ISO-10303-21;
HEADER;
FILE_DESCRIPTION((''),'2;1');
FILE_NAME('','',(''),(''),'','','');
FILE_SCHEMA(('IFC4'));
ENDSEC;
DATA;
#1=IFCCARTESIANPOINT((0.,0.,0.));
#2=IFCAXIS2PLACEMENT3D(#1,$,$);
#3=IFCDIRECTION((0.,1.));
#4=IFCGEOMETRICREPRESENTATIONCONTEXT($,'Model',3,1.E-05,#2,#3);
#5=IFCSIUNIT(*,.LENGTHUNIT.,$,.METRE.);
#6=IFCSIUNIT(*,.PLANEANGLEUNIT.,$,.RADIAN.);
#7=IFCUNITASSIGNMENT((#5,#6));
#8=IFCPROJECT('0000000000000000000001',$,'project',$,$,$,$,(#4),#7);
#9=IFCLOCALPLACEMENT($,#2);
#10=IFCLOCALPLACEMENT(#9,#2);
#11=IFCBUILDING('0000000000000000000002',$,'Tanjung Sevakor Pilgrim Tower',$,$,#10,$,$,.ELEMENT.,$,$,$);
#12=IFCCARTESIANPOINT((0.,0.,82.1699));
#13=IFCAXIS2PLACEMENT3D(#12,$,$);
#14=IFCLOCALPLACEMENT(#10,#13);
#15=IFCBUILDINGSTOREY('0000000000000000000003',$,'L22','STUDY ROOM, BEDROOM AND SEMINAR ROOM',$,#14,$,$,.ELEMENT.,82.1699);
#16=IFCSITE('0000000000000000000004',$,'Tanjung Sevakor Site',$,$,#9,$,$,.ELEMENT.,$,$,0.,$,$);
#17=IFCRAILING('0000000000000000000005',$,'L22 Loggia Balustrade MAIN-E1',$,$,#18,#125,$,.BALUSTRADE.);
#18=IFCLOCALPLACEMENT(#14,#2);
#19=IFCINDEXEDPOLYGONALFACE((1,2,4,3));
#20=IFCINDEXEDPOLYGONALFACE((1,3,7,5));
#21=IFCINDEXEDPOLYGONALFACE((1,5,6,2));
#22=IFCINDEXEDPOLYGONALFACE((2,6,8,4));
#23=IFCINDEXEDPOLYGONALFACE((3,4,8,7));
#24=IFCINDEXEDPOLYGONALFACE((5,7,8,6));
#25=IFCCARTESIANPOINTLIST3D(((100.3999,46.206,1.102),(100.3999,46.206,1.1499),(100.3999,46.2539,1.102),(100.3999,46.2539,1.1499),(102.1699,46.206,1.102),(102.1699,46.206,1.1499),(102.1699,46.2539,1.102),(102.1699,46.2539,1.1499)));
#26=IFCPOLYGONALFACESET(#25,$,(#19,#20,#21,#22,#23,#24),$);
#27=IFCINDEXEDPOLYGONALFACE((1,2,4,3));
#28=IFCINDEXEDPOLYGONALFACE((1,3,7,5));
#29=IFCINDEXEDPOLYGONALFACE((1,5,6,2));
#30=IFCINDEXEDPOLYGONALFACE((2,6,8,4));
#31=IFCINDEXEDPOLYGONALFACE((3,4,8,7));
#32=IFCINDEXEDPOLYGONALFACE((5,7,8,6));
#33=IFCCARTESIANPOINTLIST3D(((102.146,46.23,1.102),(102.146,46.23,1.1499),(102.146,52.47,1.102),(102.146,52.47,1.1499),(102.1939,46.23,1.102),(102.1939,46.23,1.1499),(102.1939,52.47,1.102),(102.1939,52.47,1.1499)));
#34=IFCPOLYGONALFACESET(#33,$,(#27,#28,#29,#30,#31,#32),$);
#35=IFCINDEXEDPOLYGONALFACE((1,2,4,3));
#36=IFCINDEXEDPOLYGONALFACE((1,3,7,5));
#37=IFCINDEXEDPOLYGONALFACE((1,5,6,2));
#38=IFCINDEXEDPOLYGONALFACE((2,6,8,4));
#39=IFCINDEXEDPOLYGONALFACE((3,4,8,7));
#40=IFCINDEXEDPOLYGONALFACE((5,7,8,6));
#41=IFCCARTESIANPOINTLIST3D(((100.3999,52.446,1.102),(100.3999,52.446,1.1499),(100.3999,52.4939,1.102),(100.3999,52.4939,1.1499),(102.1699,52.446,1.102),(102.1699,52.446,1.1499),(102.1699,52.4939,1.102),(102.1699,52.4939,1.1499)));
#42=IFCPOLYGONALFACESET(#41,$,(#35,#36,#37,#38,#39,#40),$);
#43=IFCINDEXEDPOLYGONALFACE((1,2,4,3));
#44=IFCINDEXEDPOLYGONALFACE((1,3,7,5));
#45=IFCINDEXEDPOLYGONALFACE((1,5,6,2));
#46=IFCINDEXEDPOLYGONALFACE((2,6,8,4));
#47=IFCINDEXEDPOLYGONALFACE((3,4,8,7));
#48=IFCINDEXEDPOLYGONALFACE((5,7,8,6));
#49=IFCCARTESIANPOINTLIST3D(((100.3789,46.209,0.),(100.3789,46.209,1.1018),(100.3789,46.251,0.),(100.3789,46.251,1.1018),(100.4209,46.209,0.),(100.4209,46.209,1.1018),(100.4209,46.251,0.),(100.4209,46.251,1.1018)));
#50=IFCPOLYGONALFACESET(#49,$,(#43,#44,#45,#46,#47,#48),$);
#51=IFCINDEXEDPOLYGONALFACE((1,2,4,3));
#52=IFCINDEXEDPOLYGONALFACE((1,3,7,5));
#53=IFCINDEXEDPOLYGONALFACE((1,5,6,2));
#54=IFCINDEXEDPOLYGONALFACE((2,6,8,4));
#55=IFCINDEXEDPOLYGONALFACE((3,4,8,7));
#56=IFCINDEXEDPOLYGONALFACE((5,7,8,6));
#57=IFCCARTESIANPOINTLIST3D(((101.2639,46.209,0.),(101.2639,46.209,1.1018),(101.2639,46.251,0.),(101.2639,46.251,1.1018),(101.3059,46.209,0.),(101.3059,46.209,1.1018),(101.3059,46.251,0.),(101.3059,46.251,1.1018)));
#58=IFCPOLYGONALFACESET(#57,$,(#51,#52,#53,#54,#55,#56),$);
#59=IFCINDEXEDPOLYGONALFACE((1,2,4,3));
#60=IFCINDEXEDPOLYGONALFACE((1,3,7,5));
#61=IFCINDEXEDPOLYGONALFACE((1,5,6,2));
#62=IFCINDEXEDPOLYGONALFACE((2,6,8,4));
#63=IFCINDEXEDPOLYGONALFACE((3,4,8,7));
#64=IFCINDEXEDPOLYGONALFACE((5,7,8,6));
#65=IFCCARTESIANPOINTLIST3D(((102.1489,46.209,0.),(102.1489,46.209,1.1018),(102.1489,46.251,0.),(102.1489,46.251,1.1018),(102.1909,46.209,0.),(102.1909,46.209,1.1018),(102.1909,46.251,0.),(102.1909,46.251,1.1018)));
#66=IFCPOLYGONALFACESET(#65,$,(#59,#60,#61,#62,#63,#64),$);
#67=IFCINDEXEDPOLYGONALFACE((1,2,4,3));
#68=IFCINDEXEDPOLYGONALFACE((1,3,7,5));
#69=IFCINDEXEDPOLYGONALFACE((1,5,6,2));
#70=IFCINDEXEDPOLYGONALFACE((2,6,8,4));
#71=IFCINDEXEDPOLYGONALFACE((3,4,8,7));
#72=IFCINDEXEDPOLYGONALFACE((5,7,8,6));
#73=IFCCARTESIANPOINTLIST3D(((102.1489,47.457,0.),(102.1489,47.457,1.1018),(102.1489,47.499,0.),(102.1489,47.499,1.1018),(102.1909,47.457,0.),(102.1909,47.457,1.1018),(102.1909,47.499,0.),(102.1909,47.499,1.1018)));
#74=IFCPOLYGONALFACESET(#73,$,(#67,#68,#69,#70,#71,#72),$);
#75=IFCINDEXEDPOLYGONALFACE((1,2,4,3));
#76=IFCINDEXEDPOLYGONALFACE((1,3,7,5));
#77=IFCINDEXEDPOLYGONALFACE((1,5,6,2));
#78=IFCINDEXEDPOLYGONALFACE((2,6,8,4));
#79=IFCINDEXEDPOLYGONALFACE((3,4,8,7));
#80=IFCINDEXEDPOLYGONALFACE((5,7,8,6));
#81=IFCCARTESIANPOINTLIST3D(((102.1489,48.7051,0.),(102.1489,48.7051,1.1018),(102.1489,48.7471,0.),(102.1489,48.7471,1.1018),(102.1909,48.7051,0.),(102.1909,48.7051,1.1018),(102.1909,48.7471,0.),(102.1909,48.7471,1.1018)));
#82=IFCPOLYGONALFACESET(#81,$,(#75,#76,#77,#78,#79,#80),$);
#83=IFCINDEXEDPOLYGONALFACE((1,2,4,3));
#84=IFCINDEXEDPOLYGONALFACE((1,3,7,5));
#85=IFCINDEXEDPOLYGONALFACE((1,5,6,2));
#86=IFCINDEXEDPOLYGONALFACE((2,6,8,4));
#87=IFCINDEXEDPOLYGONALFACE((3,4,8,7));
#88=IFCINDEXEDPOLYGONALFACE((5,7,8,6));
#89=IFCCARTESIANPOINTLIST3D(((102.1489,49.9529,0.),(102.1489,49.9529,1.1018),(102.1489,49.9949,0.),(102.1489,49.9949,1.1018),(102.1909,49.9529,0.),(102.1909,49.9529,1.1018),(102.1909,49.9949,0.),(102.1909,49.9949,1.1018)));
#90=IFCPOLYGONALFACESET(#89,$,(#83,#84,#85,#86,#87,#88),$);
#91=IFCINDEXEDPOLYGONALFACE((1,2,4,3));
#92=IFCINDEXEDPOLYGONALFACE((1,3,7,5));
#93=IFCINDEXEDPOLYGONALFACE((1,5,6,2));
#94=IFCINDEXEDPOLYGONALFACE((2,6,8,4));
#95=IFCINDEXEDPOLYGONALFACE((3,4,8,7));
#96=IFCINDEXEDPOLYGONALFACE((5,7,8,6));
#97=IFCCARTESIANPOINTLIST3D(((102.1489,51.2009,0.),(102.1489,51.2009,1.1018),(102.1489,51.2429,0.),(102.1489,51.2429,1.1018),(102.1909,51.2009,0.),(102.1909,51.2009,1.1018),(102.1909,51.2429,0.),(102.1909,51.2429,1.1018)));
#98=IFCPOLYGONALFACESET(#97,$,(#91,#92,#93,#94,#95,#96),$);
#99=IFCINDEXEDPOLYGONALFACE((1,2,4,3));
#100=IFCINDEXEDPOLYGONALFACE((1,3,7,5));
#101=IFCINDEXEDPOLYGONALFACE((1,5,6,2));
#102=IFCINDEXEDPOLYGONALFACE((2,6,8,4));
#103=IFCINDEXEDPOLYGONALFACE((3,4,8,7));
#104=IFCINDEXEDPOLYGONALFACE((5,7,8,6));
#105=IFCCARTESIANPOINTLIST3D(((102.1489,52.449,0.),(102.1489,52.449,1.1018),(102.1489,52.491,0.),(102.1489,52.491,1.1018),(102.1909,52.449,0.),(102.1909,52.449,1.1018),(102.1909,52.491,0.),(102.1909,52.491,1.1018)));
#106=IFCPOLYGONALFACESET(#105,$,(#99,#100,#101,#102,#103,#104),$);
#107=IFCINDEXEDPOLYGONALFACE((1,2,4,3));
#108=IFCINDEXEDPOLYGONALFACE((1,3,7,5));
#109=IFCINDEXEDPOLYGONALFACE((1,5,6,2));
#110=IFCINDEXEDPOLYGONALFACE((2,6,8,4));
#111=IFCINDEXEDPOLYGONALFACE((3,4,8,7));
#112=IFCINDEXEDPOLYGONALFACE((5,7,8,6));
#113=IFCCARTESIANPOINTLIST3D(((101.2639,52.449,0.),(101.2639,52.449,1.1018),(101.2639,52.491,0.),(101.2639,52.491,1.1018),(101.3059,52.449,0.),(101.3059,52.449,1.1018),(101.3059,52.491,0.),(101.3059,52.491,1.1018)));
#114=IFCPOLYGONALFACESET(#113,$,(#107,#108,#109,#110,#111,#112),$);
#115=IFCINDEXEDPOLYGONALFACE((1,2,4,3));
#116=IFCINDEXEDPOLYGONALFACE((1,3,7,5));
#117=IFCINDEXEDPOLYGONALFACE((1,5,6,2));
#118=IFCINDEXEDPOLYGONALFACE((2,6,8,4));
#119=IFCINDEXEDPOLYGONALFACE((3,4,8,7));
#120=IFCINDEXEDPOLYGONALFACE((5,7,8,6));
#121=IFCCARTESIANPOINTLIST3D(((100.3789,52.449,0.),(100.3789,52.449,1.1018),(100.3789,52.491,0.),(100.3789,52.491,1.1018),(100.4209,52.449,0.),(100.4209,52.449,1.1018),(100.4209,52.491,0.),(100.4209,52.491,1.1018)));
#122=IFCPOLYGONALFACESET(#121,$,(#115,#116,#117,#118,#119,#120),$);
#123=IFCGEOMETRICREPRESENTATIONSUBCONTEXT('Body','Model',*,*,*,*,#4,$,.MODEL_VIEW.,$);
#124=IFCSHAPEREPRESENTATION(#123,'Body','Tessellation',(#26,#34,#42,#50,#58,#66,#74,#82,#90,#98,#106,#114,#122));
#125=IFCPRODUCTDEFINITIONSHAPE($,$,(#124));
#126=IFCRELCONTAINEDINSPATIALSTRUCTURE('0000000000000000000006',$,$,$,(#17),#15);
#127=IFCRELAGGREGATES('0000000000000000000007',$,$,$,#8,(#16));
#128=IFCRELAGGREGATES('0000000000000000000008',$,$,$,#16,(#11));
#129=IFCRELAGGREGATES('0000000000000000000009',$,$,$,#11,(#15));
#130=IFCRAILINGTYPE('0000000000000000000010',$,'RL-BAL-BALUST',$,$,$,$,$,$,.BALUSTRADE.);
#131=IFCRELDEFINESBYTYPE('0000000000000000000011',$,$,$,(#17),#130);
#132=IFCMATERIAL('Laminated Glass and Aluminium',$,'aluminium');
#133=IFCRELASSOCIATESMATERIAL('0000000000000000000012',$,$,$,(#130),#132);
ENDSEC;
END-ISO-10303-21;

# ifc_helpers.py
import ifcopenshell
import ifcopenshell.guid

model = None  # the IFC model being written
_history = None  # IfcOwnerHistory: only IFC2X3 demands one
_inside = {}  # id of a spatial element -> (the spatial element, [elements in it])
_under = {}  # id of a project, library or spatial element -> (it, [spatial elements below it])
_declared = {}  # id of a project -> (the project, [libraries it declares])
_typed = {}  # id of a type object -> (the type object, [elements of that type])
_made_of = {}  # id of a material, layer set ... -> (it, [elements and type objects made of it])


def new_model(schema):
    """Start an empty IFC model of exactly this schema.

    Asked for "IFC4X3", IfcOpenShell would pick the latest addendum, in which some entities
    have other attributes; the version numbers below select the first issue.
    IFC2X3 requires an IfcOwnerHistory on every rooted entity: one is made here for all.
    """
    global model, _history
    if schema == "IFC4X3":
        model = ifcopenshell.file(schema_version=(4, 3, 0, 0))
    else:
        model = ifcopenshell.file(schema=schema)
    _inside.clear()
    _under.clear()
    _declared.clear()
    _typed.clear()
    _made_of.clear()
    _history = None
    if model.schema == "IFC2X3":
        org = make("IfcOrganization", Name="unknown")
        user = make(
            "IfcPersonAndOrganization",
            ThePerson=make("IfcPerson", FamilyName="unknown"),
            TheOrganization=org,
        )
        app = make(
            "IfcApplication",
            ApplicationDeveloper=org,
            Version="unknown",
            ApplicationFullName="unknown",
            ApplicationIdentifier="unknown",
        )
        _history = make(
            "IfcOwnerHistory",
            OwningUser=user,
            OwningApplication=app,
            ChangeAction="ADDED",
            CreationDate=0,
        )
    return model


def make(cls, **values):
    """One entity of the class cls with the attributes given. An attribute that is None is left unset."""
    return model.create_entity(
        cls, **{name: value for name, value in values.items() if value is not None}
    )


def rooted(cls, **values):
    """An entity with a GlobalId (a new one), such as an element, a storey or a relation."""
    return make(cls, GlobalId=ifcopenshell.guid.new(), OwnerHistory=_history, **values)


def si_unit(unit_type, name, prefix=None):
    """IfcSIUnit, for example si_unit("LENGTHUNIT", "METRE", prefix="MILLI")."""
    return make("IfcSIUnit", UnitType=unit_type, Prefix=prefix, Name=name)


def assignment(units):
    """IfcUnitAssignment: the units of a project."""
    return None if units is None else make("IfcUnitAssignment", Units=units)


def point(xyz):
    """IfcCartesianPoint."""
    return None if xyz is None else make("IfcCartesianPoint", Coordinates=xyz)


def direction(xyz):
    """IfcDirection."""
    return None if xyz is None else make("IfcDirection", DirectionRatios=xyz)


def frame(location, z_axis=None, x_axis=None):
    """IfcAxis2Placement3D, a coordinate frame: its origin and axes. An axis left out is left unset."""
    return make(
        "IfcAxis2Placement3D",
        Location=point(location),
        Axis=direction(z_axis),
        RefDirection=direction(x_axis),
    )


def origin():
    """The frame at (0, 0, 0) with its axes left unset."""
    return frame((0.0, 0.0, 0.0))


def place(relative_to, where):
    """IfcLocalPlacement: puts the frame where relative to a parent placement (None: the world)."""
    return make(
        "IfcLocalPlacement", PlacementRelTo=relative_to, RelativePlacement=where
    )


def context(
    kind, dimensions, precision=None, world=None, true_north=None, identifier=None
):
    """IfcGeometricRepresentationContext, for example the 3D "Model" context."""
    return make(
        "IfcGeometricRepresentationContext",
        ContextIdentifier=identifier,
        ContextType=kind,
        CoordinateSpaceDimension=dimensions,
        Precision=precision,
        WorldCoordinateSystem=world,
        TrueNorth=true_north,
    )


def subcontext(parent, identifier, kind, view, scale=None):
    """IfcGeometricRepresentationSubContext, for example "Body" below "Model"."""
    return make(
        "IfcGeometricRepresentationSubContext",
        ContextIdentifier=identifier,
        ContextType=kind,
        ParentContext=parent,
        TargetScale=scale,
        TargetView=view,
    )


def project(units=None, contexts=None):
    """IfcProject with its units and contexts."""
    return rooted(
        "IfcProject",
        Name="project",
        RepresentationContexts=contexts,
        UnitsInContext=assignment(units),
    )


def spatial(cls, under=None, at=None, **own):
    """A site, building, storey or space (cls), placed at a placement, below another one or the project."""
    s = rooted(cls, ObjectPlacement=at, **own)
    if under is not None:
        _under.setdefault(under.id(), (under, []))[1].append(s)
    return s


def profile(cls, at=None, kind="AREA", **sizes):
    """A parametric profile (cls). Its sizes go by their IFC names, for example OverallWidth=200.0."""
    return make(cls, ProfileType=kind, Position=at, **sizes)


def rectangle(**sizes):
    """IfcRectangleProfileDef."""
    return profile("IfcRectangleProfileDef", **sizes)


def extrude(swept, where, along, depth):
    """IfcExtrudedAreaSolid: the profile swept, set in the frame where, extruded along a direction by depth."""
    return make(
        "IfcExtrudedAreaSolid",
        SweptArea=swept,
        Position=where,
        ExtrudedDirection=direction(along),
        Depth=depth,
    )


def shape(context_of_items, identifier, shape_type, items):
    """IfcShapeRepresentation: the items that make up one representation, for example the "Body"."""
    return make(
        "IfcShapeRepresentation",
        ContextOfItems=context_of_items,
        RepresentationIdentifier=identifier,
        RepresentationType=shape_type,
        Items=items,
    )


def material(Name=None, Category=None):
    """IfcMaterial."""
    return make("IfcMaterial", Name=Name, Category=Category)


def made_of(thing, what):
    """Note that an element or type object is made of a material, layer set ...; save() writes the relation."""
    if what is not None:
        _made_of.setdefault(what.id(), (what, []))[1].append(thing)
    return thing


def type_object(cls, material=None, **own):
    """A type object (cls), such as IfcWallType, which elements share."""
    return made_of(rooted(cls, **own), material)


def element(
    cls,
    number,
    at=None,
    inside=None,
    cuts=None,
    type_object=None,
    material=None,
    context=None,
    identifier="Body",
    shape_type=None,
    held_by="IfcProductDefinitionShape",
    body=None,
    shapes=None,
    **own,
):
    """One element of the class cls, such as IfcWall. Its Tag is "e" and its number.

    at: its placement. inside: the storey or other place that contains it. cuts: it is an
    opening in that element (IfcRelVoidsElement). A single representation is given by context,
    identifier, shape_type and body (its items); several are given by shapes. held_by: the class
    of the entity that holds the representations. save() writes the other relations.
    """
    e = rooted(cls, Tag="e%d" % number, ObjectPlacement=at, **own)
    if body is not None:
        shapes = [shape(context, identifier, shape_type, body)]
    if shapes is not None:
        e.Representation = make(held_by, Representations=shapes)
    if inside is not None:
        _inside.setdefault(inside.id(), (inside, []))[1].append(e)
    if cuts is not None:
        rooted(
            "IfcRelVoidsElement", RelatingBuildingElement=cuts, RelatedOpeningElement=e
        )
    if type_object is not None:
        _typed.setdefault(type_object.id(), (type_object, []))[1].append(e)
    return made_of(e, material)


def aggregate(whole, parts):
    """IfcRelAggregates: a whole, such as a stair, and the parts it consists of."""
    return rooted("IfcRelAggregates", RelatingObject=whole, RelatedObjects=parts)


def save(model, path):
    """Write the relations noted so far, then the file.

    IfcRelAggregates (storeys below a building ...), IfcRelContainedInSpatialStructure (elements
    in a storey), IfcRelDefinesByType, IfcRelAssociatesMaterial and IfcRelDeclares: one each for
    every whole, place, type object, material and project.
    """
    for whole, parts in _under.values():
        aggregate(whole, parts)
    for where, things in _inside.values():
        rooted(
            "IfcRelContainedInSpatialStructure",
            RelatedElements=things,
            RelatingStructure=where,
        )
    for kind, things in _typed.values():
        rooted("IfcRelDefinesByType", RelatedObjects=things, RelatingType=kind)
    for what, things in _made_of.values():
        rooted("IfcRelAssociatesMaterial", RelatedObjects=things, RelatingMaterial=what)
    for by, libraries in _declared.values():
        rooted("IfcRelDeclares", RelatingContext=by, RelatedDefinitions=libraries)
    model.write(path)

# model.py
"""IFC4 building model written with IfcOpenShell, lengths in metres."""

from ifc_helpers import new_model, si_unit, direction, frame, origin, place, context, subcontext, project, spatial, rectangle, extrude, material, type_object, element, save


model = new_model("IFC4")

# Units and contexts
model_context = context("Model", 3, precision=1e-05, world=origin(), true_north=direction((0.0, 1.0)))
body_context = subcontext(model_context, "Body", "Model", "MODEL_VIEW")
ifc_project = project(units=[si_unit("LENGTHUNIT", "METRE"), si_unit("PLANEANGLEUNIT", "RADIAN")], contexts=[model_context])

# Site, building, storey
site_placement = place(None, origin())
site = spatial("IfcSite", under=ifc_project, at=site_placement, Name="Tanjung Sevakor Site", CompositionType="ELEMENT", RefElevation=0.0)
building_placement = place(site_placement, origin())
building = spatial("IfcBuilding", under=site, at=building_placement, Name="Tanjung Sevakor Pilgrim Tower", CompositionType="ELEMENT")
storey_placement = place(building_placement, frame((0.0, 0.0, 82.1699)))
storey = spatial("IfcBuildingStorey", under=building, at=storey_placement, Name="L22", Description="STUDY ROOM, BEDROOM AND SEMINAR ROOM", CompositionType="ELEMENT", Elevation=82.1699)

# Railing
ifc_material_1 = material(Name="Laminated Glass and Aluminium", Category="aluminium")
railing_type = type_object("IfcRailingType", Name="RL-BAL-BALUST", PredefinedType="BALUSTRADE", material=ifc_material_1)
railing_placement = place(storey_placement, frame((100.3999, 46.23, 0.0)))
element("IfcRailing", 1, at=railing_placement, inside=storey, type_object=railing_type, Name="L22 Loggia Balustrade MAIN-E1", PredefinedType="BALUSTRADE", context=body_context, shape_type="SweptSolid", body=[
    extrude(rectangle(XDim=0.0479, YDim=0.0479), frame((0.0, 0.0, 1.126), z_axis=(1.0, 0.0, 0.0), x_axis=(0.0, 1.0, 0.0)), (0.0, 0.0, 1.0), 1.77),
    extrude(rectangle(XDim=0.0479, YDim=0.0479), frame((1.77, 0.0, 1.126), z_axis=(0.0, 1.0, 0.0), x_axis=(-1.0, 0.0, 0.0)), (0.0, 0.0, 1.0), 6.24),
    extrude(rectangle(XDim=0.0479, YDim=0.0479), frame((1.77, 6.24, 1.126), z_axis=(-1.0, 0.0, 0.0), x_axis=(0.0, -1.0, 0.0)), (0.0, 0.0, 1.0), 1.77),
    extrude(rectangle(XDim=0.042, YDim=0.042), origin(), (0.0, 0.0, 1.0), 1.1018),
    extrude(rectangle(XDim=0.042, YDim=0.042), frame((0.885, 0.0, 0.0)), (0.0, 0.0, 1.0), 1.1018),
    extrude(rectangle(XDim=0.042, YDim=0.042), frame((1.77, 0.0, 0.0)), (0.0, 0.0, 1.0), 1.1018),
    extrude(rectangle(XDim=0.042, YDim=0.042), frame((1.77, 1.248, 0.0)), (0.0, 0.0, 1.0), 1.1018),
    extrude(rectangle(XDim=0.042, YDim=0.042), frame((1.77, 2.4961, 0.0)), (0.0, 0.0, 1.0), 1.1018),
    extrude(rectangle(XDim=0.042, YDim=0.042), frame((1.77, 3.7439, 0.0)), (0.0, 0.0, 1.0), 1.1018),
    extrude(rectangle(XDim=0.042, YDim=0.042), frame((1.77, 4.9919, 0.0)), (0.0, 0.0, 1.0), 1.1018),
    extrude(rectangle(XDim=0.042, YDim=0.042), frame((1.77, 6.24, 0.0)), (0.0, 0.0, 1.0), 1.1018),
    extrude(rectangle(XDim=0.042, YDim=0.042), frame((0.885, 6.24, 0.0)), (0.0, 0.0, 1.0), 1.1018),
    extrude(rectangle(XDim=0.042, YDim=0.042), frame((0.0, 6.24, 0.0)), (0.0, 0.0, 1.0), 1.1018),
])

save(model, "model.ifc")
